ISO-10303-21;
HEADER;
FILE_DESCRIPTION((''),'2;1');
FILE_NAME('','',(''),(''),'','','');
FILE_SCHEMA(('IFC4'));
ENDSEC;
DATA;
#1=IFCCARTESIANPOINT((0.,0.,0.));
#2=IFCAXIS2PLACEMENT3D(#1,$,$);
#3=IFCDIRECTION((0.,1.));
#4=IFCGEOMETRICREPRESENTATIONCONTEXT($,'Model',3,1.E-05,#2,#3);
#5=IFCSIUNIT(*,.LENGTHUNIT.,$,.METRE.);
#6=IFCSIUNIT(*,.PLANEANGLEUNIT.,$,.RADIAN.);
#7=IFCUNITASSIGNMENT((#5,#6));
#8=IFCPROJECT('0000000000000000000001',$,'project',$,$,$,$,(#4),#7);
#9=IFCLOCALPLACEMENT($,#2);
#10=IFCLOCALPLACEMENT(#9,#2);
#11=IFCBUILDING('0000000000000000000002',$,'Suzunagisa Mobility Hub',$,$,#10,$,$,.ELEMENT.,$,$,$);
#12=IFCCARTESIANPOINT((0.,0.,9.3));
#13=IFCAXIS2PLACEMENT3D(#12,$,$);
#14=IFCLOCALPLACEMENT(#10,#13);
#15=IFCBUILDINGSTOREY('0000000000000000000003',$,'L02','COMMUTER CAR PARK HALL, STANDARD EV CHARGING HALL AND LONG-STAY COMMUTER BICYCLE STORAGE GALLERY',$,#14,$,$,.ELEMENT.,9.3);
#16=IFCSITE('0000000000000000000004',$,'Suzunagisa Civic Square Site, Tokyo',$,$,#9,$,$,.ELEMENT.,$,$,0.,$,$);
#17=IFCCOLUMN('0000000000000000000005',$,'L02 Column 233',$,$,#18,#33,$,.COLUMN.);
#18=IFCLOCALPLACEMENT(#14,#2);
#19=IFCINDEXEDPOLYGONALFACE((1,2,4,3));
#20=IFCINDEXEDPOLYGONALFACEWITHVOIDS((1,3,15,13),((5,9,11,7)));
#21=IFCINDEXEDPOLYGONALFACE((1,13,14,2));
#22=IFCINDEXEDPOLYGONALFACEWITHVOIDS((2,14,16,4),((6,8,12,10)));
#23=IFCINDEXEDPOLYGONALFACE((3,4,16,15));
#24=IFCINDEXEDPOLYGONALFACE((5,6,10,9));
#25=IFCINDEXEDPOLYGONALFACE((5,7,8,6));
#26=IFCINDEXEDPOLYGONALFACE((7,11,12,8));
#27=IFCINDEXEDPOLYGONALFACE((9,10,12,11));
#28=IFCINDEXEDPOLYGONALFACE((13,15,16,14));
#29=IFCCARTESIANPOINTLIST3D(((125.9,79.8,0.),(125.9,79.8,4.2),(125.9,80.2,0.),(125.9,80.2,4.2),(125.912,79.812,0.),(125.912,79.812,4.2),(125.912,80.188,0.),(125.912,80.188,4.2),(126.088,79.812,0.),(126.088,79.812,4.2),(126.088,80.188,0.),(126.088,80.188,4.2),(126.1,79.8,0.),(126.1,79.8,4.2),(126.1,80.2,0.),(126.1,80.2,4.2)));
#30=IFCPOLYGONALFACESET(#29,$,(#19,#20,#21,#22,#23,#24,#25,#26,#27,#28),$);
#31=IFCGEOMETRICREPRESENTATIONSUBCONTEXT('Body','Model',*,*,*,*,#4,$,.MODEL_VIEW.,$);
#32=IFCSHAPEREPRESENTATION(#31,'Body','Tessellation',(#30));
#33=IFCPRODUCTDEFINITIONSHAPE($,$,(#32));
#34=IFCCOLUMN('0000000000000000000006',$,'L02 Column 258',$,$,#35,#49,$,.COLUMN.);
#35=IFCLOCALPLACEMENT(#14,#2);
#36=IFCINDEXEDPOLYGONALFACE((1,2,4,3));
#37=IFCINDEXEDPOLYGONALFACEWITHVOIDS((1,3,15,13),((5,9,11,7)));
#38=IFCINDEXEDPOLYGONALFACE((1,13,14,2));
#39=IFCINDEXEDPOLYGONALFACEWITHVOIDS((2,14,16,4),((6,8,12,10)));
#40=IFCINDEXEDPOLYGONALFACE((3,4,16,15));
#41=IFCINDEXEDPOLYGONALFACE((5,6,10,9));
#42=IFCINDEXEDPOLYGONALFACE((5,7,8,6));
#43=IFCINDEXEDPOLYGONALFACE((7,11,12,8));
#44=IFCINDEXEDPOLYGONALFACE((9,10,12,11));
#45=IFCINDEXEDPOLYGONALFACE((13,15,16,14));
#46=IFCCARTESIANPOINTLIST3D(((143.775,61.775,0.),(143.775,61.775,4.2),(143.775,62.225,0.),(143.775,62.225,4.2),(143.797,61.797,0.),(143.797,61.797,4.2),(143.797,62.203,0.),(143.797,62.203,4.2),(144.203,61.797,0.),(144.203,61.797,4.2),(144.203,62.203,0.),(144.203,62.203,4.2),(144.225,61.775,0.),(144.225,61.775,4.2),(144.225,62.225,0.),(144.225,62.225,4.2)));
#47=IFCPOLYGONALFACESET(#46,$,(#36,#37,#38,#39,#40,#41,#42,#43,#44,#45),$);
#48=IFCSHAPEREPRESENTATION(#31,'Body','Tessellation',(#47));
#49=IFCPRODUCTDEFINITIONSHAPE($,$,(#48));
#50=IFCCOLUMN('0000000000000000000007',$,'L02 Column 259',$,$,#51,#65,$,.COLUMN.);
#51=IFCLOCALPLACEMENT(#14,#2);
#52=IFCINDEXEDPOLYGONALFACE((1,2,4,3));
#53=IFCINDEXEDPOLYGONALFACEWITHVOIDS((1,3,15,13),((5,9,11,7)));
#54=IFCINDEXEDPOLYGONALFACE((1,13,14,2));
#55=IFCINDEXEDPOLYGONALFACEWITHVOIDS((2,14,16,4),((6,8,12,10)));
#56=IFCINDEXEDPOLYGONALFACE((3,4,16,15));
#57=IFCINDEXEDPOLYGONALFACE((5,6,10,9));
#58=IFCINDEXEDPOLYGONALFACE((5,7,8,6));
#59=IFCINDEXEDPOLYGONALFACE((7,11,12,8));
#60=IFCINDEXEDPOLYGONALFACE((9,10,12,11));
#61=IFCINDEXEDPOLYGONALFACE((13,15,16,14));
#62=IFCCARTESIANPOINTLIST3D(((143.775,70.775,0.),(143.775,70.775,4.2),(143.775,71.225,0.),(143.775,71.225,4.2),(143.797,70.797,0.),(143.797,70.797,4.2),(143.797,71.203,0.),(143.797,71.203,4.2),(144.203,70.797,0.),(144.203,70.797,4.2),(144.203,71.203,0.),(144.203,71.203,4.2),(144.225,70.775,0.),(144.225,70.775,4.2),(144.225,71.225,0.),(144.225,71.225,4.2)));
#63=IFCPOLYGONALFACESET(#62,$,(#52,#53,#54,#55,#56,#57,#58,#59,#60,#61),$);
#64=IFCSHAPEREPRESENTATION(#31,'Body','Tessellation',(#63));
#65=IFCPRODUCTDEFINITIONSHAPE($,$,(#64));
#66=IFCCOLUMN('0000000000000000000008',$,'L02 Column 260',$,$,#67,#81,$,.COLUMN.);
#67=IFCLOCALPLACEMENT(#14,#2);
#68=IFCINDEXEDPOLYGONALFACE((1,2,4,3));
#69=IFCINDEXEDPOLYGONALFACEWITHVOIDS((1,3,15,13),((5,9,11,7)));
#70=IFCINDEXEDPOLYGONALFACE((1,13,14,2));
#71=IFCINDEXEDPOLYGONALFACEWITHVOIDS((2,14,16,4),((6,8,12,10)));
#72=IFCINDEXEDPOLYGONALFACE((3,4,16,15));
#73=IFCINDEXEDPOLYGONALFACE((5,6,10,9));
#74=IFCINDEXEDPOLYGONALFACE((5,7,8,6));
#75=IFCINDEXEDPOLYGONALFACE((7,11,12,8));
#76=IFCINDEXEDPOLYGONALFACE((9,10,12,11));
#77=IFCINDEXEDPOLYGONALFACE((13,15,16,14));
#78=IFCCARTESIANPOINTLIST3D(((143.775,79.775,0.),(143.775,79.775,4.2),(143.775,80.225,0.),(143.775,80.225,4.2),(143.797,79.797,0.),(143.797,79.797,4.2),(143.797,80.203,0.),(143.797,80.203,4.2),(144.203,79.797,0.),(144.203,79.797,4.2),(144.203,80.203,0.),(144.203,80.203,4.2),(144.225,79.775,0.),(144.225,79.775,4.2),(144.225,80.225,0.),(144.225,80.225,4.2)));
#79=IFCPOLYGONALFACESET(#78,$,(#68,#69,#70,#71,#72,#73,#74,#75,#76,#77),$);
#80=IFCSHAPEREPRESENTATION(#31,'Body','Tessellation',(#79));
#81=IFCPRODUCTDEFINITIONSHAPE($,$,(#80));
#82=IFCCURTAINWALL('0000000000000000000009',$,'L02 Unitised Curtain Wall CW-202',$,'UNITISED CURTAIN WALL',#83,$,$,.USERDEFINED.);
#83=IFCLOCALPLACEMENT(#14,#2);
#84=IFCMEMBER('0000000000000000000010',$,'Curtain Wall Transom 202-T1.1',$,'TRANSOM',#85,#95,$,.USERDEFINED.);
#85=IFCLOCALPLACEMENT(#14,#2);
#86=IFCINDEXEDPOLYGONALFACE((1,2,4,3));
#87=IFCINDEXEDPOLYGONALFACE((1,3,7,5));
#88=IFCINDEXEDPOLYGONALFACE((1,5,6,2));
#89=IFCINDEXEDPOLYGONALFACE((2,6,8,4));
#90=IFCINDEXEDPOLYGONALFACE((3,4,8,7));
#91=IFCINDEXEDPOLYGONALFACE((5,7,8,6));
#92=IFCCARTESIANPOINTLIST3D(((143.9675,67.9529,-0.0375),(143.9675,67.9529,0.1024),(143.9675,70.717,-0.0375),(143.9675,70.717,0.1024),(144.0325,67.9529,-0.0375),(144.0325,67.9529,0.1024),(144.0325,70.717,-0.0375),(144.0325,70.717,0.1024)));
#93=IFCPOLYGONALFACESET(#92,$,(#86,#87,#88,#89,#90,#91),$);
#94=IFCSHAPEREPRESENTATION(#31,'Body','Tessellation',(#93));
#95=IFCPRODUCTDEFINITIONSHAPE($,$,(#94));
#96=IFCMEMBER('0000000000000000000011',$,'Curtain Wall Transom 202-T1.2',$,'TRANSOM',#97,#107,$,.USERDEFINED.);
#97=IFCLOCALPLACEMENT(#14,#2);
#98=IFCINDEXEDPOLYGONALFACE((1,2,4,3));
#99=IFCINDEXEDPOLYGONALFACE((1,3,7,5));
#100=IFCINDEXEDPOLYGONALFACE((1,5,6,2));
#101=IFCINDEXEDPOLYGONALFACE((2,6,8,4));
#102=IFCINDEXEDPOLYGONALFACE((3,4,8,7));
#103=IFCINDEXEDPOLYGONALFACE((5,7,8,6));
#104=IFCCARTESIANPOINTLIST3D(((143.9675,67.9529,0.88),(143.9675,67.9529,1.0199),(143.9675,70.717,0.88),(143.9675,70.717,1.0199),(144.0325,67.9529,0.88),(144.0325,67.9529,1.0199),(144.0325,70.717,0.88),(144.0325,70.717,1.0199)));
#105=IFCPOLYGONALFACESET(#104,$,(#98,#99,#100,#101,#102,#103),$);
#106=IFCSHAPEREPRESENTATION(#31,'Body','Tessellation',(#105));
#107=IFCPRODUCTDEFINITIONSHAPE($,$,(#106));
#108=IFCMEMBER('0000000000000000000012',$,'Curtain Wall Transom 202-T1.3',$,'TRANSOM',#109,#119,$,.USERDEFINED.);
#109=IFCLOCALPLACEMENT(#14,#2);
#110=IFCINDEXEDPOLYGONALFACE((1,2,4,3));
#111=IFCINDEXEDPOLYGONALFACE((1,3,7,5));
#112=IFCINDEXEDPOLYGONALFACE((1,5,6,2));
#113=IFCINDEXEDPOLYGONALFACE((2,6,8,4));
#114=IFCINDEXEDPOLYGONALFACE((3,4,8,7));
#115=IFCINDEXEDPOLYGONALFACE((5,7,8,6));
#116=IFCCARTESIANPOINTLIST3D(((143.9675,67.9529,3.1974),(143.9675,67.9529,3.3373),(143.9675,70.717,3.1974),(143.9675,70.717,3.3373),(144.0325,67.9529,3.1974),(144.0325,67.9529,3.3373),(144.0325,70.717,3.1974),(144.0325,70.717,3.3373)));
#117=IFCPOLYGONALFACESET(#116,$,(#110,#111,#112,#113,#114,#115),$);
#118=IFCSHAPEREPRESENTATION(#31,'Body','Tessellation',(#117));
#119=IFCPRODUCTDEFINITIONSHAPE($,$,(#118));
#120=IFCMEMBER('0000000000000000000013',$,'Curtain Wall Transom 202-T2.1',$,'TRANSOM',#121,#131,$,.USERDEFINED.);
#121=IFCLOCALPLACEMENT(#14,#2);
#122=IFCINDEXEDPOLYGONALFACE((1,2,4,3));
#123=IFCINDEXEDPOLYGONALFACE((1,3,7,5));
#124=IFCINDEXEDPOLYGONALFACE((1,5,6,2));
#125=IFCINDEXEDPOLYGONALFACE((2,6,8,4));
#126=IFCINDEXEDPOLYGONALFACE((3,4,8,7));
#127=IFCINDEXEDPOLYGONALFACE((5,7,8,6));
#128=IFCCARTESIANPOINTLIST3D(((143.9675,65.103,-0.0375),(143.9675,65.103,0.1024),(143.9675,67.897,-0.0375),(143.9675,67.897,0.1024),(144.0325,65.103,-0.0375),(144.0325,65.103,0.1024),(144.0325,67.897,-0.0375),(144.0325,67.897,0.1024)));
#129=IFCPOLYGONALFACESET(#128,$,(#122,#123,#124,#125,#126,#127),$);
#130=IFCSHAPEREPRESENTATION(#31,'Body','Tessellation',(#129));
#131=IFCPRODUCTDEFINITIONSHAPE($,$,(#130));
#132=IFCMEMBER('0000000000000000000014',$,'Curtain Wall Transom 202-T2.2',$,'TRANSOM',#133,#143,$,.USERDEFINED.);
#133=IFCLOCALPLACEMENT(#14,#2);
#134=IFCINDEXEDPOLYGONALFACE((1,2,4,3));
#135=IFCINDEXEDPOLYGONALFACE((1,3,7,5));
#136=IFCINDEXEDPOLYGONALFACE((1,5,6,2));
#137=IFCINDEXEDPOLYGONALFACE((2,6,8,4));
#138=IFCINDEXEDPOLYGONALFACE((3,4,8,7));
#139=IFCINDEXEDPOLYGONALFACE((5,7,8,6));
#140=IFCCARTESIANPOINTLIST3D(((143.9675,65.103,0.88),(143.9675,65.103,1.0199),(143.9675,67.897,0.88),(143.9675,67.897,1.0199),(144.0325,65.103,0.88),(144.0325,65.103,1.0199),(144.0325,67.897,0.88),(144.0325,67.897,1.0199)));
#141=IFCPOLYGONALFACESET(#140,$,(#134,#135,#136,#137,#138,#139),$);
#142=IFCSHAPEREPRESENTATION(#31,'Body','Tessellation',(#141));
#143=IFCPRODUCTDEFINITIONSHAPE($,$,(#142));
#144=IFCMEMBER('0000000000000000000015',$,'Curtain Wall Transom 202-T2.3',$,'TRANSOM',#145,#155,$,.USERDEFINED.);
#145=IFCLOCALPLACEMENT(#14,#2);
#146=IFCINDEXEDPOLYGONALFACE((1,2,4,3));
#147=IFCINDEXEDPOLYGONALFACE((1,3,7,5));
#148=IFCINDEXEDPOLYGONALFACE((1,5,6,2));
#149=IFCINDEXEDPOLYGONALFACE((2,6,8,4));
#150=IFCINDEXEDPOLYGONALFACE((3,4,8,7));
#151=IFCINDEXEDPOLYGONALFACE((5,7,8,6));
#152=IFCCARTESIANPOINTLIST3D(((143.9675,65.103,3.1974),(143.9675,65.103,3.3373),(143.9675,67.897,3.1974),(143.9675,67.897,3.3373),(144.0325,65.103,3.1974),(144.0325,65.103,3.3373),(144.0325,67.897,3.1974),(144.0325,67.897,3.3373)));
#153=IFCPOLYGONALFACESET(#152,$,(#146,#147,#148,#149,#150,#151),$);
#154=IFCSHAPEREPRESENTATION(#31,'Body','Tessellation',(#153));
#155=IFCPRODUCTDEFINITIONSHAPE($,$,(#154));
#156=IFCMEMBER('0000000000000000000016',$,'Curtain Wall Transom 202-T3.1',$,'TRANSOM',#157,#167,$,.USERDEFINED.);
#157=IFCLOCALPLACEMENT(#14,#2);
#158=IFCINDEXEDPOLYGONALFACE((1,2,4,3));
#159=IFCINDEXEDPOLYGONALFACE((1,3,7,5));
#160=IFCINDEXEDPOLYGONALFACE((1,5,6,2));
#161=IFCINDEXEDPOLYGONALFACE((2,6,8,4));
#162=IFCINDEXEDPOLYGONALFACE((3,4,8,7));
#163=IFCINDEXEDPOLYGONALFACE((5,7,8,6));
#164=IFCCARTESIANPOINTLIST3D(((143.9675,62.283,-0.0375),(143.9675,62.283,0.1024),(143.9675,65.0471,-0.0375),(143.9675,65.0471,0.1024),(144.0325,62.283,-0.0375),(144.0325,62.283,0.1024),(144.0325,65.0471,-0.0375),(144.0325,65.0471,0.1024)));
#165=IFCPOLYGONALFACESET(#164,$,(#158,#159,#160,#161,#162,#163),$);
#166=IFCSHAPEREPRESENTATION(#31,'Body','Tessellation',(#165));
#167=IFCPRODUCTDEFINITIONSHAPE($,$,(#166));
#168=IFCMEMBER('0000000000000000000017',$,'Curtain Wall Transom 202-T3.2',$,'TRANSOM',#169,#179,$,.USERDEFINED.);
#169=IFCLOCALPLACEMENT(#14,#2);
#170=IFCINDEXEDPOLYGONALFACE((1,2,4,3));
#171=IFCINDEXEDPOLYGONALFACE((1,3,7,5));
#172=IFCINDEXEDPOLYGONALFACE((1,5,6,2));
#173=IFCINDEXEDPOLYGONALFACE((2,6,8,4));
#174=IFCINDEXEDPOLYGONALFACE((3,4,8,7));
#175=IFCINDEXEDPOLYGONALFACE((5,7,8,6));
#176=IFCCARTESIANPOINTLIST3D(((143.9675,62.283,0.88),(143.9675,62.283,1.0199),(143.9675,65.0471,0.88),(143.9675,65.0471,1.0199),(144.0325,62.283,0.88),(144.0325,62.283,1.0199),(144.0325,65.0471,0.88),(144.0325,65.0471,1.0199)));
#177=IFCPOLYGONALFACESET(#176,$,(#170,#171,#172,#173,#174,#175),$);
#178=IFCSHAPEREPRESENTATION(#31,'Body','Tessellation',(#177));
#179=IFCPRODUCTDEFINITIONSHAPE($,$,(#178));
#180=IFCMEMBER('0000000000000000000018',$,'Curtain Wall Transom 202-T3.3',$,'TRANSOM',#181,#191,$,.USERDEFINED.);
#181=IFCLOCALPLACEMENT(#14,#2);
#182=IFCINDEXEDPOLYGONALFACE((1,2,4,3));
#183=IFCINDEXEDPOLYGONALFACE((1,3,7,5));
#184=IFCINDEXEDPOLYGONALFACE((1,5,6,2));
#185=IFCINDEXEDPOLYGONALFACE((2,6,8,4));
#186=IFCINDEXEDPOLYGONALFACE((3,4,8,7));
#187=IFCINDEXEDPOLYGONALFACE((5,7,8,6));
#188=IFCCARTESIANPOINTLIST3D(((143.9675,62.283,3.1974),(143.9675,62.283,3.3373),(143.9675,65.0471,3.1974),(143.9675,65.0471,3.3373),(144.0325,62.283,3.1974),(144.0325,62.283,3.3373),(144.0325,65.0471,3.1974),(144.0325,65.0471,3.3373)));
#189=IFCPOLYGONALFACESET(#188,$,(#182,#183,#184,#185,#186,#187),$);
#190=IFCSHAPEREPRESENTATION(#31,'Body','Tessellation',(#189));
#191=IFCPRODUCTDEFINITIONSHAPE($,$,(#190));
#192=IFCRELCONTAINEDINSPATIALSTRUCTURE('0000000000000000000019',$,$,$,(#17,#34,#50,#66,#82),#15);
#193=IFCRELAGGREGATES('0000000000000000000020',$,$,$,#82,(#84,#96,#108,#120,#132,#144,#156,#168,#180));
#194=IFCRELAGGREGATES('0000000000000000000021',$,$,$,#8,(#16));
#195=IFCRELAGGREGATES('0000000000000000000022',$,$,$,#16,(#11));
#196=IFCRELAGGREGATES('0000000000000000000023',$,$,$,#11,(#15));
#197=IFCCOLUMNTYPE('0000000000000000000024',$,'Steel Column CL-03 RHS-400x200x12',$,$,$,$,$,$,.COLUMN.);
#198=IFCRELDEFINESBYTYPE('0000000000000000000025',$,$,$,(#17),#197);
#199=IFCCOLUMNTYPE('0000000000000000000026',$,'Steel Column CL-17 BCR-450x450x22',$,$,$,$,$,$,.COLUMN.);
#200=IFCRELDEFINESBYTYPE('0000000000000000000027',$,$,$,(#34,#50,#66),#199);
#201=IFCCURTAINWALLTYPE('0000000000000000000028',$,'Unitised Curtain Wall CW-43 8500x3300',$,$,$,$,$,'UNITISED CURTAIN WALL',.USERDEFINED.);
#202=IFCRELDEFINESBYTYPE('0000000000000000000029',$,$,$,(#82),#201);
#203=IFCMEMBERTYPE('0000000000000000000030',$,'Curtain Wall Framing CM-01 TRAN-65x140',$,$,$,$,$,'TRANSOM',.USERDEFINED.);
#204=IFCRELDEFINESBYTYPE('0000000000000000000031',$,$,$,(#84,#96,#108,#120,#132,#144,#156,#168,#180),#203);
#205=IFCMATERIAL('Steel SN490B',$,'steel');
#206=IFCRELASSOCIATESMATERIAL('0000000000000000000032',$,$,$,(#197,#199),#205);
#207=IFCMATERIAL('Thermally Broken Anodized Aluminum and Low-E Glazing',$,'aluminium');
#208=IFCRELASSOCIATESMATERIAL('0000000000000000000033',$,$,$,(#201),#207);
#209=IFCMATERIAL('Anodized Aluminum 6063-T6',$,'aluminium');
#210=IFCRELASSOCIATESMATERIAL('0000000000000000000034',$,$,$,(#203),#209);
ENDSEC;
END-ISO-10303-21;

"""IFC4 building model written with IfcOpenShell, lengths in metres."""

from ifc_helpers import new_model, si_unit, direction, frame, origin, origin_2d, place, context, subcontext, project, spatial, rectangle, hollow_rectangle, extrude, material, material_profile, profile_set, type_object, element, aggregate, save


model = new_model("IFC4")

# Units and contexts
model_context = context("Model", 3, precision=1e-05, world=origin(), true_north=direction((0.0, 1.0)))
body_context = subcontext(model_context, "Body", "Model", "MODEL_VIEW")
ifc_project = project(units=[si_unit("LENGTHUNIT", "METRE"), si_unit("PLANEANGLEUNIT", "RADIAN")], contexts=[model_context])

# Site, building, storey
site_placement = place(None, origin())
site = spatial("IfcSite", under=ifc_project, at=site_placement, Name="Suzunagisa Civic Square Site, Tokyo", CompositionType="ELEMENT", RefElevation=0.0)
building_placement = place(site_placement, origin())
building = spatial("IfcBuilding", under=site, at=building_placement, Name="Suzunagisa Mobility Hub", CompositionType="ELEMENT")
storey_placement = place(building_placement, frame((0.0, 0.0, 9.3)))
storey = spatial("IfcBuildingStorey", under=building, at=storey_placement, Name="L02", Description="COMMUTER CAR PARK HALL, STANDARD EV CHARGING HALL AND LONG-STAY COMMUTER BICYCLE STORAGE GALLERY", CompositionType="ELEMENT", Elevation=9.3)

# Columns
ifc_material_1 = material(Name="Steel SN490B", Category="steel")
ifc_material_profile_1 = material_profile(ifc_material_1, hollow_rectangle(XDim=0.2, YDim=0.3999, WallThickness=0.012, at=origin_2d()), Name="RHS-400x200x12")
ifc_profile_set_1 = profile_set([ifc_material_profile_1], Name="Steel SN490B")
column_type_1 = type_object("IfcColumnType", Name="Steel Column CL-03 RHS-400x200x12", PredefinedType="COLUMN", material=ifc_profile_set_1)
column_placement = place(storey_placement, frame((126.0, 80.0, 0.0), z_axis=(0.0, 0.0, 1.0), x_axis=(1.0, 0.0, 0.0)))
element("IfcColumn", 1, at=column_placement, inside=storey, type_object=column_type_1, Name="L02 Column 233", PredefinedType="COLUMN", context=body_context, shape_type="SweptSolid", body=[
    extrude(hollow_rectangle(XDim=0.2, YDim=0.3999, WallThickness=0.012, at=origin_2d()), origin(), (0.0, 0.0, 1.0), 4.2),
])
ifc_material_profile_2 = material_profile(ifc_material_1, hollow_rectangle(XDim=0.45, YDim=0.45, WallThickness=0.022, at=origin_2d()), Name="BCR-450x450x22")
ifc_profile_set_2 = profile_set([ifc_material_profile_2], Name="Steel SN490B")
column_type_2 = type_object("IfcColumnType", Name="Steel Column CL-17 BCR-450x450x22", PredefinedType="COLUMN", material=ifc_profile_set_2)
for number, where, z_axis, x_axis, name in (
    (2, (144.0, 62.0, 0.0), (0.0, 0.0, 1.0), (1.0, 0.0, 0.0), "L02 Column 258"),
    (3, (144.0, 71.0, 0.0), (0.0, 0.0, 1.0), (1.0, 0.0, 0.0), "L02 Column 259"),
    (4, (144.0, 80.0, 0.0), (0.0, 0.0, 1.0), (1.0, 0.0, 0.0), "L02 Column 260"),
):
    element("IfcColumn", number, at=place(storey_placement, frame(where, z_axis=z_axis, x_axis=x_axis)), inside=storey, type_object=column_type_2, Name=name, PredefinedType="COLUMN", context=body_context, shape_type="SweptSolid", body=[
        extrude(hollow_rectangle(XDim=0.45, YDim=0.45, WallThickness=0.022, at=origin_2d()), origin(), (0.0, 0.0, 1.0), 4.2),
    ])

# Curtain wall, members
ifc_material_2 = material(Name="Thermally Broken Anodized Aluminum and Low-E Glazing", Category="aluminium")
curtain_wall_type = type_object("IfcCurtainWallType", Name="Unitised Curtain Wall CW-43 8500x3300", ElementType="UNITISED CURTAIN WALL", PredefinedType="USERDEFINED", material=ifc_material_2)
curtain_wall_1_placement = place(storey_placement, origin())
curtain_wall_1 = element("IfcCurtainWall", 5, at=curtain_wall_1_placement, inside=storey, type_object=curtain_wall_type, Name="L02 Unitised Curtain Wall CW-202", ObjectType="UNITISED CURTAIN WALL", PredefinedType="USERDEFINED")
ifc_material_3 = material(Name="Anodized Aluminum 6063-T6", Category="aluminium")
ifc_material_profile_3 = material_profile(ifc_material_3, rectangle(XDim=0.0649, YDim=0.1399, at=origin_2d()), Name="TRAN-65x140")
ifc_profile_set_3 = profile_set([ifc_material_profile_3], Name="Anodized Aluminum 6063-T6")
member_type_1 = type_object("IfcMemberType", Name="Curtain Wall Framing CM-01 TRAN-65x140", ElementType="TRANSOM", PredefinedType="USERDEFINED", material=ifc_profile_set_3)
member_1_placement = place(storey_placement, frame((144.0, 70.717, 0.0325), z_axis=(0.0, -1.0, 0.0), x_axis=(1.0, 0.0, 0.0)))
member_1 = element("IfcMember", 6, at=member_1_placement, type_object=member_type_1, Name="Curtain Wall Transom 202-T1.1", ObjectType="TRANSOM", PredefinedType="USERDEFINED", context=body_context, shape_type="SweptSolid", body=[
    extrude(rectangle(XDim=0.0649, YDim=0.1399, at=origin_2d()), origin(), (0.0, 0.0, 1.0), 2.7642),
])
member_2_placement = place(storey_placement, frame((144.0, 70.717, 0.95), z_axis=(0.0, -1.0, 0.0), x_axis=(1.0, 0.0, 0.0)))
member_2 = element("IfcMember", 7, at=member_2_placement, type_object=member_type_1, Name="Curtain Wall Transom 202-T1.2", ObjectType="TRANSOM", PredefinedType="USERDEFINED", context=body_context, shape_type="SweptSolid", body=[
    extrude(rectangle(XDim=0.0649, YDim=0.1399, at=origin_2d()), origin(), (0.0, 0.0, 1.0), 2.7642),
])
member_3_placement = place(storey_placement, frame((144.0, 70.717, 3.2673), z_axis=(0.0, -1.0, 0.0), x_axis=(1.0, 0.0, 0.0)))
member_3 = element("IfcMember", 8, at=member_3_placement, type_object=member_type_1, Name="Curtain Wall Transom 202-T1.3", ObjectType="TRANSOM", PredefinedType="USERDEFINED", context=body_context, shape_type="SweptSolid", body=[
    extrude(rectangle(XDim=0.0649, YDim=0.1399, at=origin_2d()), origin(), (0.0, 0.0, 1.0), 2.7642),
])
member_4_placement = place(storey_placement, frame((144.0, 67.897, 0.0325), z_axis=(0.0, -1.0, 0.0), x_axis=(1.0, 0.0, 0.0)))
member_4 = element("IfcMember", 9, at=member_4_placement, type_object=member_type_1, Name="Curtain Wall Transom 202-T2.1", ObjectType="TRANSOM", PredefinedType="USERDEFINED", context=body_context, shape_type="SweptSolid", body=[
    extrude(rectangle(XDim=0.0649, YDim=0.1399, at=origin_2d()), origin(), (0.0, 0.0, 1.0), 2.7939),
])
member_5_placement = place(storey_placement, frame((144.0, 67.897, 0.95), z_axis=(0.0, -1.0, 0.0), x_axis=(1.0, 0.0, 0.0)))
member_5 = element("IfcMember", 10, at=member_5_placement, type_object=member_type_1, Name="Curtain Wall Transom 202-T2.2", ObjectType="TRANSOM", PredefinedType="USERDEFINED", context=body_context, shape_type="SweptSolid", body=[
    extrude(rectangle(XDim=0.0649, YDim=0.1399, at=origin_2d()), origin(), (0.0, 0.0, 1.0), 2.7939),
])
member_6_placement = place(storey_placement, frame((144.0, 67.897, 3.2673), z_axis=(0.0, -1.0, 0.0), x_axis=(1.0, 0.0, 0.0)))
member_6 = element("IfcMember", 11, at=member_6_placement, type_object=member_type_1, Name="Curtain Wall Transom 202-T2.3", ObjectType="TRANSOM", PredefinedType="USERDEFINED", context=body_context, shape_type="SweptSolid", body=[
    extrude(rectangle(XDim=0.0649, YDim=0.1399, at=origin_2d()), origin(), (0.0, 0.0, 1.0), 2.7939),
])
member_7_placement = place(storey_placement, frame((144.0, 65.0471, 0.0325), z_axis=(0.0, -1.0, 0.0), x_axis=(1.0, 0.0, 0.0)))
member_7 = element("IfcMember", 12, at=member_7_placement, type_object=member_type_1, Name="Curtain Wall Transom 202-T3.1", ObjectType="TRANSOM", PredefinedType="USERDEFINED", context=body_context, shape_type="SweptSolid", body=[
    extrude(rectangle(XDim=0.0649, YDim=0.1399, at=origin_2d()), origin(), (0.0, 0.0, 1.0), 2.7642),
])
member_8_placement = place(storey_placement, frame((144.0, 65.0471, 0.95), z_axis=(0.0, -1.0, 0.0), x_axis=(1.0, 0.0, 0.0)))
member_8 = element("IfcMember", 13, at=member_8_placement, type_object=member_type_1, Name="Curtain Wall Transom 202-T3.2", ObjectType="TRANSOM", PredefinedType="USERDEFINED", context=body_context, shape_type="SweptSolid", body=[
    extrude(rectangle(XDim=0.0649, YDim=0.1399, at=origin_2d()), origin(), (0.0, 0.0, 1.0), 2.7642),
])
member_9_placement = place(storey_placement, frame((144.0, 65.0471, 3.2673), z_axis=(0.0, -1.0, 0.0), x_axis=(1.0, 0.0, 0.0)))
member_9 = element("IfcMember", 14, at=member_9_placement, type_object=member_type_1, Name="Curtain Wall Transom 202-T3.3", ObjectType="TRANSOM", PredefinedType="USERDEFINED", context=body_context, shape_type="SweptSolid", body=[
    extrude(rectangle(XDim=0.0649, YDim=0.1399, at=origin_2d()), origin(), (0.0, 0.0, 1.0), 2.7642),
])

aggregate(curtain_wall_1, [member_1, member_2, member_3, member_4, member_5, member_6, member_7, member_8, member_9])

save(model, "model.ifc")
